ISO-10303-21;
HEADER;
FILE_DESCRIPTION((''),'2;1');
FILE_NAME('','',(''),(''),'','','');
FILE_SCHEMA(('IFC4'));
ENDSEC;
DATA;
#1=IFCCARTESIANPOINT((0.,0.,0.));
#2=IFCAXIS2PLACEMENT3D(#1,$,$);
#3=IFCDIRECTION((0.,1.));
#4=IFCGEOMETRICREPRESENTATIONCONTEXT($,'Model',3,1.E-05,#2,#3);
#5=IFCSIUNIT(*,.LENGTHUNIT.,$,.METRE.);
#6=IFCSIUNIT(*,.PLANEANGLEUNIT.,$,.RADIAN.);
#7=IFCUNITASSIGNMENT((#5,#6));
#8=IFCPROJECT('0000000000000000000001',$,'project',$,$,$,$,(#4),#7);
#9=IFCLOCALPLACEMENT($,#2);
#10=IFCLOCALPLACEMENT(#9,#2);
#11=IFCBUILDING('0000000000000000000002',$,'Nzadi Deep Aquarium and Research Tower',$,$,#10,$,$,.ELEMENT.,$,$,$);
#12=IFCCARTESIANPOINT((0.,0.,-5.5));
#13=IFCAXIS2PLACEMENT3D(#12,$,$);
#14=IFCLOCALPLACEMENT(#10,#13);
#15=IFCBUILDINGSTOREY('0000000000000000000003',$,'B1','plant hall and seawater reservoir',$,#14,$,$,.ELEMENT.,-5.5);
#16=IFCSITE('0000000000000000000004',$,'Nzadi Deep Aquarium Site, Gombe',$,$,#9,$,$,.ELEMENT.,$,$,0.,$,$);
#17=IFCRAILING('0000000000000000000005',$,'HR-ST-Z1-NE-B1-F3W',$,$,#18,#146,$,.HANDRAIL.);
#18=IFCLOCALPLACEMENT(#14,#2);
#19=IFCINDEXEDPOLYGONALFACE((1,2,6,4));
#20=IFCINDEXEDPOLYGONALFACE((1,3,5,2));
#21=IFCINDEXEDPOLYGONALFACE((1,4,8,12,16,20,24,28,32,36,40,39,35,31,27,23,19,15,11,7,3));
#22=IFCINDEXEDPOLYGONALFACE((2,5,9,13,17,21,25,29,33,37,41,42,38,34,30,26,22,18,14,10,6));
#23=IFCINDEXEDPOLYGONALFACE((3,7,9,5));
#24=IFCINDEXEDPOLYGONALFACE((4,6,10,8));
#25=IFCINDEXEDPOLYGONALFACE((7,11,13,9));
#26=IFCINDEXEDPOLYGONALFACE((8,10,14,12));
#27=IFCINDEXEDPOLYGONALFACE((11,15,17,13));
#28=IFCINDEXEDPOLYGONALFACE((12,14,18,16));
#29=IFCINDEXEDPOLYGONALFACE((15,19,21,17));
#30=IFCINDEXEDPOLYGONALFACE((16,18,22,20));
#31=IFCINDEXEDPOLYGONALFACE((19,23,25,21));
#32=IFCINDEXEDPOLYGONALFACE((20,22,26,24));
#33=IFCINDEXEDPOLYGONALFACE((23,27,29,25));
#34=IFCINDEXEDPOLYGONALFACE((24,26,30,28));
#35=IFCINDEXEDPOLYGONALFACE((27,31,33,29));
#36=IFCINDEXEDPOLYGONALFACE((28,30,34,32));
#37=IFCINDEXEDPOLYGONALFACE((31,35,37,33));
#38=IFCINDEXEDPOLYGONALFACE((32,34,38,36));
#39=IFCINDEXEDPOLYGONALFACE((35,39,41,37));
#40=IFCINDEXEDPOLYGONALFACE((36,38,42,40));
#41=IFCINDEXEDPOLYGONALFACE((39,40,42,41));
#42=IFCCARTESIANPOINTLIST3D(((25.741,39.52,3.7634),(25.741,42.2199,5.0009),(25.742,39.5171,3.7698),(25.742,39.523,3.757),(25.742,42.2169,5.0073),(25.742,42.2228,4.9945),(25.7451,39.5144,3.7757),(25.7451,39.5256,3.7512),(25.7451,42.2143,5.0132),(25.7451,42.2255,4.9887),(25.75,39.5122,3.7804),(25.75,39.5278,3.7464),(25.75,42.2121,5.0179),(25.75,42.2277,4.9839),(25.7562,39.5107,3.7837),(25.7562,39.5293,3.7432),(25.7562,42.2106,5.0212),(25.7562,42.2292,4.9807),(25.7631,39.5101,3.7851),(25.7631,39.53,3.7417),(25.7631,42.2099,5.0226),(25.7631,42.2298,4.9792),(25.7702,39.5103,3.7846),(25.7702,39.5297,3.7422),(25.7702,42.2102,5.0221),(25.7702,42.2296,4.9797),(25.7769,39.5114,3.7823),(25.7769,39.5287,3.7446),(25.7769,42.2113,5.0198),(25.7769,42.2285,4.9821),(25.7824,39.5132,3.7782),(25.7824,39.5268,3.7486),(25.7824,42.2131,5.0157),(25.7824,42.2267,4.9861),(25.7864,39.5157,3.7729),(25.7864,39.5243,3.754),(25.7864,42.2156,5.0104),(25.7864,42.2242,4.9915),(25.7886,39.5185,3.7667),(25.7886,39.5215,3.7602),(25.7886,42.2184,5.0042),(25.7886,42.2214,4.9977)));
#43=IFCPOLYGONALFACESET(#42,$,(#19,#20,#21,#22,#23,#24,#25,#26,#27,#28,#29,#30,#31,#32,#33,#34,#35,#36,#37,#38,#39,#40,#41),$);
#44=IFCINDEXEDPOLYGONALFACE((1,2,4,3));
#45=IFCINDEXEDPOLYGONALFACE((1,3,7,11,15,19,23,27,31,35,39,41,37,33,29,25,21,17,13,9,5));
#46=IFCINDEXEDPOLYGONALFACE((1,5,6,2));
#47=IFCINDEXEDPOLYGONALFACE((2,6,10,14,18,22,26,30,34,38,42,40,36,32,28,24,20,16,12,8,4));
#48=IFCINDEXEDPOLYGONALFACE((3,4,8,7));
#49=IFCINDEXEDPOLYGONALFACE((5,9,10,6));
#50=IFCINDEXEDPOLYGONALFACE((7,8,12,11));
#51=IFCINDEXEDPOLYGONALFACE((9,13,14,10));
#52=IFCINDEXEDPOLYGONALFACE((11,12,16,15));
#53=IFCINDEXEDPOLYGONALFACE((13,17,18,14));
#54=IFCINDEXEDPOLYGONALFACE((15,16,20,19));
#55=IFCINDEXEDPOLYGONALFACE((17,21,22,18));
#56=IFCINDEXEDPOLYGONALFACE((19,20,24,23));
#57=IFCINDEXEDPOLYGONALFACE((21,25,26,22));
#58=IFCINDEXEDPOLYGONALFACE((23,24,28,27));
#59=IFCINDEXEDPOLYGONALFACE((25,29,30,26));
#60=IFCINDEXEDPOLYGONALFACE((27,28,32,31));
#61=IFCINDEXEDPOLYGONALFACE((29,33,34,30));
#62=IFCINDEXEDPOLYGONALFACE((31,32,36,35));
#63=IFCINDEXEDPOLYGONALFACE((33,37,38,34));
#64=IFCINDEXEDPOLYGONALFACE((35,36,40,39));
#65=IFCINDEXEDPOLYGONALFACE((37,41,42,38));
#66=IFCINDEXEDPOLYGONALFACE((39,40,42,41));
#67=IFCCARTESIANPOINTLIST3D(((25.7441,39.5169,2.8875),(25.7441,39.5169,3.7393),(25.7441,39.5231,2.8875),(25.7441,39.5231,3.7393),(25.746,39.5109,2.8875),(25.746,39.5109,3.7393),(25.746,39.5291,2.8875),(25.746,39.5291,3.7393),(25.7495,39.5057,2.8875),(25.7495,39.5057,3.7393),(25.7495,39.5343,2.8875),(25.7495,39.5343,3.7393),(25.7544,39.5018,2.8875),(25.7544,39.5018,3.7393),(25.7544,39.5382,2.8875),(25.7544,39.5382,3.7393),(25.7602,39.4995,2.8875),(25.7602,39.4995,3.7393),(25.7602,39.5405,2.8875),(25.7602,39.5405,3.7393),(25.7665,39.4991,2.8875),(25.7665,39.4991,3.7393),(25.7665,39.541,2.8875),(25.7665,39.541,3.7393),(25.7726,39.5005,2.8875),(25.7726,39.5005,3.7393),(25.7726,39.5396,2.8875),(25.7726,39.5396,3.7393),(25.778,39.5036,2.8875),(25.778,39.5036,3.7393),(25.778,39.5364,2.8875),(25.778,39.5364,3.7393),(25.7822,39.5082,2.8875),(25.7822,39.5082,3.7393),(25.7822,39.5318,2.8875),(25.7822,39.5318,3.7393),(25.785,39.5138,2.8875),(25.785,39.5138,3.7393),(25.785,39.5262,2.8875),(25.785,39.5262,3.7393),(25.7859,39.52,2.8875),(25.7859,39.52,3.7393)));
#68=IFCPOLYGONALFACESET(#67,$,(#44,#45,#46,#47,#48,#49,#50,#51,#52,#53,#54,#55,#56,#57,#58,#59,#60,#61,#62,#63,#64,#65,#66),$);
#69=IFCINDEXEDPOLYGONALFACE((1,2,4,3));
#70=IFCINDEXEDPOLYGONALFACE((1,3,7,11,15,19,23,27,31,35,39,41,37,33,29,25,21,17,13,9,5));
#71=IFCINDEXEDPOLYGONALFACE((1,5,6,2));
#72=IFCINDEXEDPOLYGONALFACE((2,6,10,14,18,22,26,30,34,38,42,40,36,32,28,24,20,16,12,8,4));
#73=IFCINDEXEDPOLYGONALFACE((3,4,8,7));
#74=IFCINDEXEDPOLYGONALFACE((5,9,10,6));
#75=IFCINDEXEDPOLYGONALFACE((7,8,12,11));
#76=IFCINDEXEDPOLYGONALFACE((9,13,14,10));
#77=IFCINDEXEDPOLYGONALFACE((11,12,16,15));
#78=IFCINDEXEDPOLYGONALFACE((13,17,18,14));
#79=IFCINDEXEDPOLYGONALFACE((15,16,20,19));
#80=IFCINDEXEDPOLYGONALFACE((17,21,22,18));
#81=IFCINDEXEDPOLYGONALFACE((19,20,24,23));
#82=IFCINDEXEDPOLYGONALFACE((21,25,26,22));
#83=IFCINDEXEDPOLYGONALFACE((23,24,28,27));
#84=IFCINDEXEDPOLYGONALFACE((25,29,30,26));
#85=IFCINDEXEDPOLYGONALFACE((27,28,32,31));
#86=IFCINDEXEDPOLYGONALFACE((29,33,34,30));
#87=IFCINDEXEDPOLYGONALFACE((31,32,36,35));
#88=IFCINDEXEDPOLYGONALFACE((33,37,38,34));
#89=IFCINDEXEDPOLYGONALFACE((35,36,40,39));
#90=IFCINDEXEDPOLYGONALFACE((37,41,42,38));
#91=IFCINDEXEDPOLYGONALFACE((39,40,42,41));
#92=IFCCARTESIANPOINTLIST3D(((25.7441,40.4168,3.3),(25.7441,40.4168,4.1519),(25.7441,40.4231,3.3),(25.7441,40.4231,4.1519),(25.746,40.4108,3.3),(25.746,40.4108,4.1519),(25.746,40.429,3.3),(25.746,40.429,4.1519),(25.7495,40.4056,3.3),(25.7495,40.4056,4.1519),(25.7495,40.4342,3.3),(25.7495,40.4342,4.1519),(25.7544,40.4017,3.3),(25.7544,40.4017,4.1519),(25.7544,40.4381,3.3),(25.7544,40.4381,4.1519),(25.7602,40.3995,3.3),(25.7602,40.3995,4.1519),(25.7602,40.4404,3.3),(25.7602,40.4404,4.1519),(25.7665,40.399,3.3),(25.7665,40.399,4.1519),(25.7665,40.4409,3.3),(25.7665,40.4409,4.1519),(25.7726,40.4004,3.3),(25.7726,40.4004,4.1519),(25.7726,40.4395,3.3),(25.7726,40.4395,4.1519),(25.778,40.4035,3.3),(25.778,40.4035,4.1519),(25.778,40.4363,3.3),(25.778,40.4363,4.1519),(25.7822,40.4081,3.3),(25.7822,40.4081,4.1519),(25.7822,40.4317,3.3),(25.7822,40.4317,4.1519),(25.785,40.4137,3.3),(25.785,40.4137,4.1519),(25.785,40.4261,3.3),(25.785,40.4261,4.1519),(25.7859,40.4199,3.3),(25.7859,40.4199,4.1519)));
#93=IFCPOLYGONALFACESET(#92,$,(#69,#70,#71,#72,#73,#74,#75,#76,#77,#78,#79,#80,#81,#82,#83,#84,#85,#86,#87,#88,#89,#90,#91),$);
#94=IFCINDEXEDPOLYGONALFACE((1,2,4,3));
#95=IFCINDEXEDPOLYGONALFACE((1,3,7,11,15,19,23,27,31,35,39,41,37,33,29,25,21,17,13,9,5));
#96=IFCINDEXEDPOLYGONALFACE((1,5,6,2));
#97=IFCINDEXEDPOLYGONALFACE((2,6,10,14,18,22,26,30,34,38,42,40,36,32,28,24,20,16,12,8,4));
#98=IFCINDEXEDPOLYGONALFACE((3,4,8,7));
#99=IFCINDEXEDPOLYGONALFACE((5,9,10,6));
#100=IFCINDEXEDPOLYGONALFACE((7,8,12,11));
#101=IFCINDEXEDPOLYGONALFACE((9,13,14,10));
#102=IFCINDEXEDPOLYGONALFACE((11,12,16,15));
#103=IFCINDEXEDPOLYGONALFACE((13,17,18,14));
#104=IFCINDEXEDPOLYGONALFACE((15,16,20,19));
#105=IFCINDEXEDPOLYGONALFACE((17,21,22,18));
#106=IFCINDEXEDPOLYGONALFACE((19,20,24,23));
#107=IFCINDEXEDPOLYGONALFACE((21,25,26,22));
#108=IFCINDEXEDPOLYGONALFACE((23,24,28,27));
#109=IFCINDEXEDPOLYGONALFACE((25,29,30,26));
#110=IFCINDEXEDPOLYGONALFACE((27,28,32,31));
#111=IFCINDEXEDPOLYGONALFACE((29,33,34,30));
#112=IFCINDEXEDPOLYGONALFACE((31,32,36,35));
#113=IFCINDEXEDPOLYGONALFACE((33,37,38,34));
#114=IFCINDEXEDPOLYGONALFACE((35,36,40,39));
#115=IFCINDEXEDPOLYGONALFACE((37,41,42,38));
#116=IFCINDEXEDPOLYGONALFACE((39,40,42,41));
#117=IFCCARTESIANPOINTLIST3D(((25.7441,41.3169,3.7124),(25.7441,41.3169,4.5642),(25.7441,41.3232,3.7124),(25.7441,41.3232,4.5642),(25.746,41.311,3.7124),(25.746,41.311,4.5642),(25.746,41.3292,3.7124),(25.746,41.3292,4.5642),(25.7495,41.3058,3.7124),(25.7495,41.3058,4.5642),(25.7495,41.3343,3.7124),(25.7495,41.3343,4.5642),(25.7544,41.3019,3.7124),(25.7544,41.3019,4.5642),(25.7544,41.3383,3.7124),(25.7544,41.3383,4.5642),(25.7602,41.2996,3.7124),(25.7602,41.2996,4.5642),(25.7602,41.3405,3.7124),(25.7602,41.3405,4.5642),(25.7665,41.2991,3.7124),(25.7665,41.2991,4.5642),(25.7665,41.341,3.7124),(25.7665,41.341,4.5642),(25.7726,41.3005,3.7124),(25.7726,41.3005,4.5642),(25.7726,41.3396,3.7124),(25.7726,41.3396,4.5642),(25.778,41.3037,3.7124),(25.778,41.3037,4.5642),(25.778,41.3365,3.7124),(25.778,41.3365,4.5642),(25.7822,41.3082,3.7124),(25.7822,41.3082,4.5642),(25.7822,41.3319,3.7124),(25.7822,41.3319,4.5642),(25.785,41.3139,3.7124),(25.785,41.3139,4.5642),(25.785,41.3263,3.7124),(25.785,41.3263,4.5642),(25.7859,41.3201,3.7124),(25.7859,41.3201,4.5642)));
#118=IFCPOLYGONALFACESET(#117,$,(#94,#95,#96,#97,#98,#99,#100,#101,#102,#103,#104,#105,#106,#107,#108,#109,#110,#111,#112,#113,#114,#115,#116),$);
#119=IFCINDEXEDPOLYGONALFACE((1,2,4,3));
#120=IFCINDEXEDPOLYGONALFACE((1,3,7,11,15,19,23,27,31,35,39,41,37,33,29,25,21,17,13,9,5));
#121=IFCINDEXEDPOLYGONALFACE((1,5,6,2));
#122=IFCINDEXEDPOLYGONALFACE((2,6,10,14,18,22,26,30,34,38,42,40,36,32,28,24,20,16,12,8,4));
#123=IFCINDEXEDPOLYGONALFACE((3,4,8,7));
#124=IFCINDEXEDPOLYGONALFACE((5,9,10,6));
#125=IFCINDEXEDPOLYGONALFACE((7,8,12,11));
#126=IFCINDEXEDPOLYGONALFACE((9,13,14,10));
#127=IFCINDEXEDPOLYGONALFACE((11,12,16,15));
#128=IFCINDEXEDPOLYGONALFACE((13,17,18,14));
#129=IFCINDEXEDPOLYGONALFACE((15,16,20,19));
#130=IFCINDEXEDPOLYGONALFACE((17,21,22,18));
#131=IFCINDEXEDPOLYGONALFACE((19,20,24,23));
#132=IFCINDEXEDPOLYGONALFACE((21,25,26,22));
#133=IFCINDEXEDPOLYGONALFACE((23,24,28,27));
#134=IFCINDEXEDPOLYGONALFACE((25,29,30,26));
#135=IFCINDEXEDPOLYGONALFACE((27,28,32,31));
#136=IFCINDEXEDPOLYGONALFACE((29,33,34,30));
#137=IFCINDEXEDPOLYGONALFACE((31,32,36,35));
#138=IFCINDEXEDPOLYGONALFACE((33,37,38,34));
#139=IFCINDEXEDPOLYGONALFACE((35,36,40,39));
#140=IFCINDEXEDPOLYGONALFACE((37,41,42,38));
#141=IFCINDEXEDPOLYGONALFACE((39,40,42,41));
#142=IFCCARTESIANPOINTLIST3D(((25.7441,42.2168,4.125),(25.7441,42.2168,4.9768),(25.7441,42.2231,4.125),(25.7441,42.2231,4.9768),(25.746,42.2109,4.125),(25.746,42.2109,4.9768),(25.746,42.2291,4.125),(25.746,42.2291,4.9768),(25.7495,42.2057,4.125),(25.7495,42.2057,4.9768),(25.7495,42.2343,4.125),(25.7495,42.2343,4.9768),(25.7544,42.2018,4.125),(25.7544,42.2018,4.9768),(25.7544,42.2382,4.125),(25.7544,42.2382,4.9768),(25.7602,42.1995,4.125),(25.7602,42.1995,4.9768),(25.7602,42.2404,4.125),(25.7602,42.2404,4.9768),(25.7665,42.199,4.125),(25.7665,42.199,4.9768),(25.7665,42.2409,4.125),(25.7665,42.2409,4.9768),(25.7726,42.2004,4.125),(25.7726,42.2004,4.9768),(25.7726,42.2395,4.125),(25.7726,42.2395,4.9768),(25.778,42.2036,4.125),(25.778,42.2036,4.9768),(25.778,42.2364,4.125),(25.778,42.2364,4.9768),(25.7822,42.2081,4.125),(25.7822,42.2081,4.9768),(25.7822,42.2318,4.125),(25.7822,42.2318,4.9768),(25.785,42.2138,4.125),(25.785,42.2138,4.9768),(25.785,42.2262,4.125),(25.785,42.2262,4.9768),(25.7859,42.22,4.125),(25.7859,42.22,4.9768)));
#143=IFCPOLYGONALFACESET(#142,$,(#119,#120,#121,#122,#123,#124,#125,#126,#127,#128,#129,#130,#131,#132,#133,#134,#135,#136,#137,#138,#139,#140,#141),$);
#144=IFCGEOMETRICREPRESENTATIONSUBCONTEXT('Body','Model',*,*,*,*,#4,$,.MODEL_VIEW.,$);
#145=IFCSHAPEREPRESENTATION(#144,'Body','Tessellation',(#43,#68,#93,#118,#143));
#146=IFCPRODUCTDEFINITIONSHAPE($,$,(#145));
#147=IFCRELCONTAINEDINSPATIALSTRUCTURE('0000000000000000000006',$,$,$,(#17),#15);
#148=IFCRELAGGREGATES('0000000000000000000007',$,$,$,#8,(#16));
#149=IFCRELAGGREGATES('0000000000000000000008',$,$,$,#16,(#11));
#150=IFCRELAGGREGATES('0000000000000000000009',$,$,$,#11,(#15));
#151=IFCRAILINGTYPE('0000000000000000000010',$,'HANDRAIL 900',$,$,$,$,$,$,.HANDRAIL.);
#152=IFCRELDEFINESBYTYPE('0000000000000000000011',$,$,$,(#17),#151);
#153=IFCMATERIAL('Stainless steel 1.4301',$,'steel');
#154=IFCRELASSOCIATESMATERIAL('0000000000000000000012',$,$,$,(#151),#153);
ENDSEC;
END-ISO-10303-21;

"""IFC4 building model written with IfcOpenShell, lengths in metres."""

from ifc_helpers import new_model, si_unit, direction, frame, origin, origin_2d, place, context, subcontext, project, spatial, circle, extrude, material, type_object, element, save


model = new_model("IFC4")

# Units and contexts
model_context = context("Model", 3, precision=1e-05, world=origin(), true_north=direction((0.0, 1.0)))
body_context = subcontext(model_context, "Body", "Model", "MODEL_VIEW")
ifc_project = project(units=[si_unit("LENGTHUNIT", "METRE"), si_unit("PLANEANGLEUNIT", "RADIAN")], contexts=[model_context])

# Site, building, storey
site_placement = place(None, origin())
site = spatial("IfcSite", under=ifc_project, at=site_placement, Name="Nzadi Deep Aquarium Site, Gombe", CompositionType="ELEMENT", RefElevation=0.0)
building_placement = place(site_placement, origin())
building = spatial("IfcBuilding", under=site, at=building_placement, Name="Nzadi Deep Aquarium and Research Tower", CompositionType="ELEMENT")
storey_placement = place(building_placement, frame((0.0, 0.0, -5.5)))
storey = spatial("IfcBuildingStorey", under=building, at=storey_placement, Name="B1", Description="plant hall and seawater reservoir", CompositionType="ELEMENT", Elevation=-5.5)

# Railing
ifc_material_1 = material(Name="Stainless steel 1.4301", Category="steel")
railing_type = type_object("IfcRailingType", Name="HANDRAIL 900", PredefinedType="HANDRAIL", material=ifc_material_1)
railing_1_placement = place(storey_placement, frame((25.7649, 39.52, 2.8875)))
element("IfcRailing", 1, at=railing_1_placement, inside=storey, type_object=railing_type, Name="HR-ST-Z1-NE-B1-F3W", PredefinedType="HANDRAIL", context=body_context, shape_type="SweptSolid", body=[
    extrude(circle(Radius=0.0239, at=origin_2d()), frame((0.0, 0.0, 0.876), z_axis=(0.0, 0.909056, 0.416675), x_axis=(-1.0, 0.0, 0.0)), (0.0, 0.0, 1.0), 2.97),
    extrude(circle(Radius=0.021, at=origin_2d()), origin(), (0.0, 0.0, 1.0), 0.8518),
    extrude(circle(Radius=0.021, at=origin_2d()), frame((0.0, 0.8999, 0.4126)), (0.0, 0.0, 1.0), 0.8518),
    extrude(circle(Radius=0.021, at=origin_2d()), frame((0.0, 1.8, 0.825)), (0.0, 0.0, 1.0), 0.8518),
    extrude(circle(Radius=0.021, at=origin_2d()), frame((0.0, 2.7, 1.2375)), (0.0, 0.0, 1.0), 0.8518),
])

save(model, "model.ifc")
